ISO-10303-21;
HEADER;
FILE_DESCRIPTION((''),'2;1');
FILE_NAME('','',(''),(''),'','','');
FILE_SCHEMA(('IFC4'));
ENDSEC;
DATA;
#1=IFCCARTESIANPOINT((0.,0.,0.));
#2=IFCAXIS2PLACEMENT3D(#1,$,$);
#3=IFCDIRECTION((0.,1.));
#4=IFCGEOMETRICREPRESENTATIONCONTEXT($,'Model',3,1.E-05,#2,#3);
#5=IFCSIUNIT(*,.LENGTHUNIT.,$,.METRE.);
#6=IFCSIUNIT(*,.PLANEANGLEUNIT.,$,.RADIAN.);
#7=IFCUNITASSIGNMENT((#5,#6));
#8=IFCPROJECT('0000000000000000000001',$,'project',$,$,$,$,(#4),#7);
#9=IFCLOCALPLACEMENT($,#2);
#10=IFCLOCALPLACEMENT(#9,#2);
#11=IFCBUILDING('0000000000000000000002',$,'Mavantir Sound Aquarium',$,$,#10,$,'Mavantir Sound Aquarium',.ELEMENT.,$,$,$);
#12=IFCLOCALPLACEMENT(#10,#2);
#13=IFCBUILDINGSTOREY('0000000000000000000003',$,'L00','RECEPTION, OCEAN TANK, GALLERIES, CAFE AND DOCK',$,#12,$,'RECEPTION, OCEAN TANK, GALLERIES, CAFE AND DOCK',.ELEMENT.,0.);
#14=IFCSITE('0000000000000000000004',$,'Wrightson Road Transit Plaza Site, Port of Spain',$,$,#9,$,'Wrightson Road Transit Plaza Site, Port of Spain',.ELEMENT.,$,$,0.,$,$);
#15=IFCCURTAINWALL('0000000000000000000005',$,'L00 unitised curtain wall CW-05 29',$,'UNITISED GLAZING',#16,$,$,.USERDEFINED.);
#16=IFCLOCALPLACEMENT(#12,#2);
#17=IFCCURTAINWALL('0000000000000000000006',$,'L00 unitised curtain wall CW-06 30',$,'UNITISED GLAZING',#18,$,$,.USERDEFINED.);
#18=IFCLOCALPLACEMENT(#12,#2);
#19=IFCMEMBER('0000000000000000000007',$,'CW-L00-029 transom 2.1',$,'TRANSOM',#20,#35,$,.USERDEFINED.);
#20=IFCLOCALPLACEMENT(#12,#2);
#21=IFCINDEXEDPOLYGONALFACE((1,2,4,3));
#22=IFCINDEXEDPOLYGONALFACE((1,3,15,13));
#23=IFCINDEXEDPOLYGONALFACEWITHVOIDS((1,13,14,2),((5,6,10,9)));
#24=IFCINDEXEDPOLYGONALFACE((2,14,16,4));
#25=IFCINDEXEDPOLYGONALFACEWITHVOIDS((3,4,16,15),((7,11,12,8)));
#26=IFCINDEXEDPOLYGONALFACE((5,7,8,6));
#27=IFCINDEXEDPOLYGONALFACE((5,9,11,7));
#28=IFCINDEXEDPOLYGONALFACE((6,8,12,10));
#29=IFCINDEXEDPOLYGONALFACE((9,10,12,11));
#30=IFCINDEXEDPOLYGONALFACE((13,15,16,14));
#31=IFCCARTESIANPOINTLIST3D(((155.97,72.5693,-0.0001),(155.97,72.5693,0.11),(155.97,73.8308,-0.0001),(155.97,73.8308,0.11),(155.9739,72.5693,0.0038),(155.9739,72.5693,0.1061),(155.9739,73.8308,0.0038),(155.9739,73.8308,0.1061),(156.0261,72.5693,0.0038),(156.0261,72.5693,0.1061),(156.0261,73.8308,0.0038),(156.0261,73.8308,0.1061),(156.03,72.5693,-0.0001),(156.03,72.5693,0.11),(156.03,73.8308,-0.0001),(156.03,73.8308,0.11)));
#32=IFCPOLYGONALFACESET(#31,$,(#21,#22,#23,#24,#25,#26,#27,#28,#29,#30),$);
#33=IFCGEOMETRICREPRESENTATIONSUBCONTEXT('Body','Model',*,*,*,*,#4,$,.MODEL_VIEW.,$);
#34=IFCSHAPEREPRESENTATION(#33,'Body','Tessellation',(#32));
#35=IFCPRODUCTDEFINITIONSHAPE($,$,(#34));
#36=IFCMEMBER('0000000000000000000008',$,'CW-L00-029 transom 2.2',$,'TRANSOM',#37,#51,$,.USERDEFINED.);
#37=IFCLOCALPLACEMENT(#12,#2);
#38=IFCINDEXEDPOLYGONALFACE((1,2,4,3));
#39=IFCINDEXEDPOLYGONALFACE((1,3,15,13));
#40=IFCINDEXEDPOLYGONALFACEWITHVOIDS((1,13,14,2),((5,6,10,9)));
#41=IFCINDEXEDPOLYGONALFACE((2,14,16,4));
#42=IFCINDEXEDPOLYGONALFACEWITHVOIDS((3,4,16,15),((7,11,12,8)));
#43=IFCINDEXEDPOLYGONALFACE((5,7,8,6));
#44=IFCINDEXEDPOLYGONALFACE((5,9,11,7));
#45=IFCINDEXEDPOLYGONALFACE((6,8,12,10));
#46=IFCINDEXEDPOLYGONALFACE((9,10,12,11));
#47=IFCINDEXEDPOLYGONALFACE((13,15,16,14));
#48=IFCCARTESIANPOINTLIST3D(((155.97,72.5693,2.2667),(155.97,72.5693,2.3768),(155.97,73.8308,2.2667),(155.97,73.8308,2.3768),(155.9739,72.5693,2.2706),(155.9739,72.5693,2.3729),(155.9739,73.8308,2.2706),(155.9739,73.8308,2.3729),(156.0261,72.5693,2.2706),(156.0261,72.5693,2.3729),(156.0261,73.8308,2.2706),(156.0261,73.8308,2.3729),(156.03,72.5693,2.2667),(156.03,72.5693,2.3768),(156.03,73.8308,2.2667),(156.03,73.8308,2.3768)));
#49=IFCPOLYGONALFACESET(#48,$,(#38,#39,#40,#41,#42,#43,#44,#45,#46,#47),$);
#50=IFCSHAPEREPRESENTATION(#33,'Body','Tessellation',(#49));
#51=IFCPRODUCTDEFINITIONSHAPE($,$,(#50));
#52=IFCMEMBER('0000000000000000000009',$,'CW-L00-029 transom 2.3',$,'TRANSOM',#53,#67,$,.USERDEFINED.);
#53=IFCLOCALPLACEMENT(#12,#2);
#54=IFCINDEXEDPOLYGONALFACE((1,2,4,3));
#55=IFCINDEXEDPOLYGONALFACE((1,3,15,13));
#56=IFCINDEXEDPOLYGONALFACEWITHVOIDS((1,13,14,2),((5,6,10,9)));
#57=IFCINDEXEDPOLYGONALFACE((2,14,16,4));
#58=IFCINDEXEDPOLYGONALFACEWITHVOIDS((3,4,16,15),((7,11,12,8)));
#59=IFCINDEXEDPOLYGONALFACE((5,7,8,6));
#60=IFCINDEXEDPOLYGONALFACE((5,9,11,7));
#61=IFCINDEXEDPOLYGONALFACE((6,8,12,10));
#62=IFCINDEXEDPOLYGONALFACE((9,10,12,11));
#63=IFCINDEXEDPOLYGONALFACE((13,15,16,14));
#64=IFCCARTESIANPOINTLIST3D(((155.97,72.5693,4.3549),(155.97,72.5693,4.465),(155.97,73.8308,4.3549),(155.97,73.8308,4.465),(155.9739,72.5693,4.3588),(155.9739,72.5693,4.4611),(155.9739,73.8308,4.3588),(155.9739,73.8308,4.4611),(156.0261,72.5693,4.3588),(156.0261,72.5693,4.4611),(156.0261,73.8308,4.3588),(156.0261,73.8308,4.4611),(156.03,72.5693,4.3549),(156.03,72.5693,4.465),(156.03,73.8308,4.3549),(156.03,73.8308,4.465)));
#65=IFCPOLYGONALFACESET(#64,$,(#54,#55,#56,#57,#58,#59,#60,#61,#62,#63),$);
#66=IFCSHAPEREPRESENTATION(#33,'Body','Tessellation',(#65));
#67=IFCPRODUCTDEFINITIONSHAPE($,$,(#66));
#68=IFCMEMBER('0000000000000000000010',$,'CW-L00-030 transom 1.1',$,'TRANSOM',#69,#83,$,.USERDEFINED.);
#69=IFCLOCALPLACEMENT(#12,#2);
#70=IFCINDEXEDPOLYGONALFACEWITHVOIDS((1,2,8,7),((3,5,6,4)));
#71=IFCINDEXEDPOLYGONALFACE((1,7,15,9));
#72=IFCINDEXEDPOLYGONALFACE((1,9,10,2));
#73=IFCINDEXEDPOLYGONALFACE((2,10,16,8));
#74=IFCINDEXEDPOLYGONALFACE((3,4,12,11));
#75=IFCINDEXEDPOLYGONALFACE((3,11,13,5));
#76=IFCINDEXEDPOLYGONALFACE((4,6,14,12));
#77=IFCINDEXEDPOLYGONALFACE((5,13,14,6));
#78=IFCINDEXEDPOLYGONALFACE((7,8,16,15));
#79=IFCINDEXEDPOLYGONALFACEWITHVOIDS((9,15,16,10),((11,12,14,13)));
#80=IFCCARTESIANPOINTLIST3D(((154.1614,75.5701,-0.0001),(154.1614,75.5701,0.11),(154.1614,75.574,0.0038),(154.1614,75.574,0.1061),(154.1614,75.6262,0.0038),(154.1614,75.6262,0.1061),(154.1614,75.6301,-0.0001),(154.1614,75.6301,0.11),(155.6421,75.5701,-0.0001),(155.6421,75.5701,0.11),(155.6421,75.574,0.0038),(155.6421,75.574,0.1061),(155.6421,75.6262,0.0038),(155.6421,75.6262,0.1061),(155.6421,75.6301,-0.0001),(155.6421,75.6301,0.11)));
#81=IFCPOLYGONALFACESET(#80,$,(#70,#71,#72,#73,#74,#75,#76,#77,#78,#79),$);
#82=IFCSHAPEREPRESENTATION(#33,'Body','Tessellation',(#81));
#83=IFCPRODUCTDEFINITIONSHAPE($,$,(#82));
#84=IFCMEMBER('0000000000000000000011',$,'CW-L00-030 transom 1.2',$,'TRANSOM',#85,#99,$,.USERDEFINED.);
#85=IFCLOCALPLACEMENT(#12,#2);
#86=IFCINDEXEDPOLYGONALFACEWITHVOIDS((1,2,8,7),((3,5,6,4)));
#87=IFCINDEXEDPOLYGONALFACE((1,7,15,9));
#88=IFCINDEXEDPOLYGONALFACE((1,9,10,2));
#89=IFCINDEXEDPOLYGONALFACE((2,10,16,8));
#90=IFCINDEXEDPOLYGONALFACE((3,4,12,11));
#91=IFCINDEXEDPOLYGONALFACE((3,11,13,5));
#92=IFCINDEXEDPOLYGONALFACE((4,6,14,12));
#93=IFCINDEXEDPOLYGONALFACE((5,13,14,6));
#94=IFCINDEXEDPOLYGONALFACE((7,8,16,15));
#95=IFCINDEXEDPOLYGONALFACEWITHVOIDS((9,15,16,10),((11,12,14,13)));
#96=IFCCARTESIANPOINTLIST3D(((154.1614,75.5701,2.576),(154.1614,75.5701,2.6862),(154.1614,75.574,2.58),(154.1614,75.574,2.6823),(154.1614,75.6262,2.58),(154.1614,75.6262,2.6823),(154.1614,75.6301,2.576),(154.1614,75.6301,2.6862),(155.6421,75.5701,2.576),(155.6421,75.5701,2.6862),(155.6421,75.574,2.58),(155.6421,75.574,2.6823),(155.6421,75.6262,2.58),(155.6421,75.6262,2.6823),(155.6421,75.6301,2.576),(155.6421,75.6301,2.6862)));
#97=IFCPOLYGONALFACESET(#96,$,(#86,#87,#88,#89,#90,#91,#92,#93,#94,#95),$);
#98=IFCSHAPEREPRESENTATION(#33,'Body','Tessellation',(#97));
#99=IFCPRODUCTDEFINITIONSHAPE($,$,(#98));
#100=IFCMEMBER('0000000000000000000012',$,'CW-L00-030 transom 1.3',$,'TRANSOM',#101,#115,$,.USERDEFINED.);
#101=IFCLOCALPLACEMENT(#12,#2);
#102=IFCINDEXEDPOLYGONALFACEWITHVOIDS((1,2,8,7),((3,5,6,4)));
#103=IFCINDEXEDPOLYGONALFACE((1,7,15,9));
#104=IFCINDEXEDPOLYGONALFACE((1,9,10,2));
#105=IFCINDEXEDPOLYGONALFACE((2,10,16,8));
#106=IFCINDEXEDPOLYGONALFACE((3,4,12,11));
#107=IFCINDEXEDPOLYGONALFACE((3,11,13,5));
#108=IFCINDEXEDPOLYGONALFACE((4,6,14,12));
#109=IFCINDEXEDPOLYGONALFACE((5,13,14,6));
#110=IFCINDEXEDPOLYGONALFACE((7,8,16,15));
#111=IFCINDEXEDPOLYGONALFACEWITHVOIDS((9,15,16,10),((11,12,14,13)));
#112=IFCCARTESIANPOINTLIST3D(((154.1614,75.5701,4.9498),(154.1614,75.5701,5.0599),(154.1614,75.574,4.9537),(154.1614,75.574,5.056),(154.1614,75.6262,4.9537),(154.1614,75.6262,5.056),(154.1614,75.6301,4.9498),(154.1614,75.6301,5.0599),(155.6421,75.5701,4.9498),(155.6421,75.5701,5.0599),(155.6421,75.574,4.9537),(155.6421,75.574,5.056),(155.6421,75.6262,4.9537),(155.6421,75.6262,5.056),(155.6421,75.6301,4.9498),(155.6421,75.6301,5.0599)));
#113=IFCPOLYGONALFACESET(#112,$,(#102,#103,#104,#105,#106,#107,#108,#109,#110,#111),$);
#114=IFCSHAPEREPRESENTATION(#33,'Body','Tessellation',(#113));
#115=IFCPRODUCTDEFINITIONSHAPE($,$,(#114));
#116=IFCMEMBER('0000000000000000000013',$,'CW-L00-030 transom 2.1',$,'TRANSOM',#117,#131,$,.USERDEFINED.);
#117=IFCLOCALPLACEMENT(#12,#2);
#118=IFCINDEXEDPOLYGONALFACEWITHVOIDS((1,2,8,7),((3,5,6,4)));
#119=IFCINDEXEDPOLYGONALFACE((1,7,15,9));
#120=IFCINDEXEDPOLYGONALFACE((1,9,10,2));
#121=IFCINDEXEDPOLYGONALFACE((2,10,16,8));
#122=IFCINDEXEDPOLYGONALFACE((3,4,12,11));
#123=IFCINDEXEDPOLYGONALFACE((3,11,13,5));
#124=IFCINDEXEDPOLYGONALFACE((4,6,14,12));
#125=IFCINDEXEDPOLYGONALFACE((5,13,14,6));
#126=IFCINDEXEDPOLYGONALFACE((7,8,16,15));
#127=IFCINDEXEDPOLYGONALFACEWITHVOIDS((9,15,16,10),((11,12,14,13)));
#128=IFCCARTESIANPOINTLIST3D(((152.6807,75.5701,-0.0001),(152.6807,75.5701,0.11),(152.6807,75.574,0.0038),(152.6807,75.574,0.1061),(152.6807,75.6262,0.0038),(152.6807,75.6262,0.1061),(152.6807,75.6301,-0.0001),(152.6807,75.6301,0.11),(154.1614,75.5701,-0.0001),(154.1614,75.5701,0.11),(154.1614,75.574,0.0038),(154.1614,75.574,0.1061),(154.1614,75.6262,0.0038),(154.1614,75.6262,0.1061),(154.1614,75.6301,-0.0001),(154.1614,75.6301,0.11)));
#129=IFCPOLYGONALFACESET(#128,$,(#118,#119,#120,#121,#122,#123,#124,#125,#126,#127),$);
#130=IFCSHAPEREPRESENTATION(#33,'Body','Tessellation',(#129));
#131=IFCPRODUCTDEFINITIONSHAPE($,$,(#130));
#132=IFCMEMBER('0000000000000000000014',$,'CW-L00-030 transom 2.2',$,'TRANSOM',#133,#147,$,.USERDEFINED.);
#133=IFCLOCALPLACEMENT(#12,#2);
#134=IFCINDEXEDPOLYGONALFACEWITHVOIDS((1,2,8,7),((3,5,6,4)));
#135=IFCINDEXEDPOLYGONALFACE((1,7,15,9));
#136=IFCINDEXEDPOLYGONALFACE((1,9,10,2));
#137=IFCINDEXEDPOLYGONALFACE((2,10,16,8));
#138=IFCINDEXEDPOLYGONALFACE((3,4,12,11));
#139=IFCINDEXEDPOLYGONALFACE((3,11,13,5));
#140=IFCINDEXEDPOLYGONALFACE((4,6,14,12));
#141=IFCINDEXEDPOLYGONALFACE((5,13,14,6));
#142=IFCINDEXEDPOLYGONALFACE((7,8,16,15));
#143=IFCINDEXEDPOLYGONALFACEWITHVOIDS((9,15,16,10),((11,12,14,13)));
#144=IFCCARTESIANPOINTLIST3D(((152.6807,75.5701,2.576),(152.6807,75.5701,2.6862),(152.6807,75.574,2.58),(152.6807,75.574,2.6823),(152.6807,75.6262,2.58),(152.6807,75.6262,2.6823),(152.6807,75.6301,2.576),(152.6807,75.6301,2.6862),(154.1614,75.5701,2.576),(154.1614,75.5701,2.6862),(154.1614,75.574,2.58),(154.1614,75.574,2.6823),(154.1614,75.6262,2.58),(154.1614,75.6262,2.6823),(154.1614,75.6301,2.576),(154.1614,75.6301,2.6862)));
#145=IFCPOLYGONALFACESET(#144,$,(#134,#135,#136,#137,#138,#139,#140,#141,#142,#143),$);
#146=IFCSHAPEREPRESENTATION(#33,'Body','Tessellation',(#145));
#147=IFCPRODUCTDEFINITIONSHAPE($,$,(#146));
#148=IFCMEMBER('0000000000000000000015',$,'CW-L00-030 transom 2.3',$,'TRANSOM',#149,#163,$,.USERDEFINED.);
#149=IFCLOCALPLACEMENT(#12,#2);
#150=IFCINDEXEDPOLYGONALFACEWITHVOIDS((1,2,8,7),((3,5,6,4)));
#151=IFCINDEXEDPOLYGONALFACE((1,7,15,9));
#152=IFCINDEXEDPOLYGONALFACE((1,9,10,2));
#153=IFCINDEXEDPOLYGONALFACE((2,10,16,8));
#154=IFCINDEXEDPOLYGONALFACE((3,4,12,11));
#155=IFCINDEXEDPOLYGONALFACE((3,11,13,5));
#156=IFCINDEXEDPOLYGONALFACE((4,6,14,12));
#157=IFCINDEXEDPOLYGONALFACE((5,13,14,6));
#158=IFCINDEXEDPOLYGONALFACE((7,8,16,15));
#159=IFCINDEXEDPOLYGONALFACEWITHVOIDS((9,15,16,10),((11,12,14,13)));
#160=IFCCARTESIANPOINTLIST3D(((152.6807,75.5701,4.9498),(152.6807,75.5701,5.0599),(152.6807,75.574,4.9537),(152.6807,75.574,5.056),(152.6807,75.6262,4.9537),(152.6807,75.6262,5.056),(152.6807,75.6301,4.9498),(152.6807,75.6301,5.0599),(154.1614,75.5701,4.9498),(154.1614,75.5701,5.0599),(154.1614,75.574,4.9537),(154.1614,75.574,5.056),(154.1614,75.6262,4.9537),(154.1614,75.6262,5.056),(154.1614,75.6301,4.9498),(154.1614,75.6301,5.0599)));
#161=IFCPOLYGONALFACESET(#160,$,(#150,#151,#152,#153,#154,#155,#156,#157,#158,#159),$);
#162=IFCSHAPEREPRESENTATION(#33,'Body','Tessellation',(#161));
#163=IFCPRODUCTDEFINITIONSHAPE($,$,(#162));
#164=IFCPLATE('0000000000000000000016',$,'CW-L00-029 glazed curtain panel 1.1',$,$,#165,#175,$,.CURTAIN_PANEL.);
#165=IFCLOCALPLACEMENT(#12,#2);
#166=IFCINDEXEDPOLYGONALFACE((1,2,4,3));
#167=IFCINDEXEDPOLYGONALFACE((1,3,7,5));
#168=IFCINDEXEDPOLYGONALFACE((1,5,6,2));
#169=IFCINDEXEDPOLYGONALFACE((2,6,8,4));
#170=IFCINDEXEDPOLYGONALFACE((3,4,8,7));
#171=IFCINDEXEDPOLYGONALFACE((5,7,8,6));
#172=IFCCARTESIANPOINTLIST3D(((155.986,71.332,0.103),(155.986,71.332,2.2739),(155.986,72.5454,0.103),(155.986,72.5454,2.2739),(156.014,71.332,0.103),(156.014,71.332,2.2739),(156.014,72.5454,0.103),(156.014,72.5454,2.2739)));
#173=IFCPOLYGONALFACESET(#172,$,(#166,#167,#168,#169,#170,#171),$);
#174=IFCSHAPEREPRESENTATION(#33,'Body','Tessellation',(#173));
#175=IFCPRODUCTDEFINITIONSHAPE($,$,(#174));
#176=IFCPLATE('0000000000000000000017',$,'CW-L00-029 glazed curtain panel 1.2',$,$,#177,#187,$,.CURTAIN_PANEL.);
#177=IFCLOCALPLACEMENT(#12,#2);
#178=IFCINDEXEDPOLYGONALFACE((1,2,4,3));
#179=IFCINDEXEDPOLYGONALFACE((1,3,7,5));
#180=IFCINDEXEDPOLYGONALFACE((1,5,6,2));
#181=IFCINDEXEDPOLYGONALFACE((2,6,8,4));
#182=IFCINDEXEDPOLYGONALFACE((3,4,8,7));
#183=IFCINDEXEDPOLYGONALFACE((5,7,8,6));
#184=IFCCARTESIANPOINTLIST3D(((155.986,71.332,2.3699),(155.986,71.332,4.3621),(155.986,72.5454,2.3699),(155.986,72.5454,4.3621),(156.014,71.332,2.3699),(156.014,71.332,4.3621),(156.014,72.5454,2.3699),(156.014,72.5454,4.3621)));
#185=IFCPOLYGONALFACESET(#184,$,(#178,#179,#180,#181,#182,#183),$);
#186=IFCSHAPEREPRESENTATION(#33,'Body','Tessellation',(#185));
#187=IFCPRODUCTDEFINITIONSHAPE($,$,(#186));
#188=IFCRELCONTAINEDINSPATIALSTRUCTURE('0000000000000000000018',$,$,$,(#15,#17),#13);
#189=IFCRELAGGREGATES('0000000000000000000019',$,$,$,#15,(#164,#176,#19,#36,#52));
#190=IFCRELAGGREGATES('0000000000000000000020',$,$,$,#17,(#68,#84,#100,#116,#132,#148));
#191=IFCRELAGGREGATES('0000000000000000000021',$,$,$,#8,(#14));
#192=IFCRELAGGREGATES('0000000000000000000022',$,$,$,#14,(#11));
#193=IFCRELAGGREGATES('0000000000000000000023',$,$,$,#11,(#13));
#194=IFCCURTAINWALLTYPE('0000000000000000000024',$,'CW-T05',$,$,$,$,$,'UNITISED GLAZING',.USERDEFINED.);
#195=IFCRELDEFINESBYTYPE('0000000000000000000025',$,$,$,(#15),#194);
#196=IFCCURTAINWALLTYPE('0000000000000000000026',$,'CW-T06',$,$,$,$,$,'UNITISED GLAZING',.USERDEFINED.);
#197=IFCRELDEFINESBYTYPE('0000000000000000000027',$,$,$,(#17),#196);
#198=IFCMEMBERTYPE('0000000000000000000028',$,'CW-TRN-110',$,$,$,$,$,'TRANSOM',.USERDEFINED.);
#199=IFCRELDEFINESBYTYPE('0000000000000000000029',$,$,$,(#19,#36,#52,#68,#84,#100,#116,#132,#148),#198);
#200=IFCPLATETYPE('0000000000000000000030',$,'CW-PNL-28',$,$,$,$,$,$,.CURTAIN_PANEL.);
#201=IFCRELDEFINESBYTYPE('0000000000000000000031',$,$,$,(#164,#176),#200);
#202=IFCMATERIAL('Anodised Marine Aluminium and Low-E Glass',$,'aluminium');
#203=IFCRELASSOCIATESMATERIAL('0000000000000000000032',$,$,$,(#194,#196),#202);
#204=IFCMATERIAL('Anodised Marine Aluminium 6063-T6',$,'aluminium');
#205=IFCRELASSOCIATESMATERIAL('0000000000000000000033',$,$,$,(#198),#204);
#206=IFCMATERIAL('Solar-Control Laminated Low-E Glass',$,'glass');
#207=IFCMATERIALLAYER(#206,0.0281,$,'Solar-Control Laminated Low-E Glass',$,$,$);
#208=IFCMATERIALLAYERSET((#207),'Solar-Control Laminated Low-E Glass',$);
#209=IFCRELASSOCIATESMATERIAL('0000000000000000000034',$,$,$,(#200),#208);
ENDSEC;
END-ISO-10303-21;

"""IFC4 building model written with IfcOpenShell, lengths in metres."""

from ifc_helpers import new_model, si_unit, direction, frame, origin, origin_2d, place, context, subcontext, project, spatial, rectangle, hollow_rectangle, extrude, material, layer, layer_set, material_profile, profile_set, type_object, element, aggregate, save


model = new_model("IFC4")

# Units and contexts
model_context = context("Model", 3, precision=1e-05, world=origin(), true_north=direction((0.0, 1.0)))
body_context = subcontext(model_context, "Body", "Model", "MODEL_VIEW")
ifc_project = project(units=[si_unit("LENGTHUNIT", "METRE"), si_unit("PLANEANGLEUNIT", "RADIAN")], contexts=[model_context])

# Site, building, storey
site_placement = place(None, origin())
site = spatial("IfcSite", under=ifc_project, at=site_placement, Name="Wrightson Road Transit Plaza Site, Port of Spain", LongName="Wrightson Road Transit Plaza Site, Port of Spain", CompositionType="ELEMENT", RefElevation=0.0)
building_placement = place(site_placement, origin())
building = spatial("IfcBuilding", under=site, at=building_placement, Name="Mavantir Sound Aquarium", LongName="Mavantir Sound Aquarium", CompositionType="ELEMENT")
storey_placement = place(building_placement, origin())
storey = spatial("IfcBuildingStorey", under=building, at=storey_placement, Name="L00", Description="RECEPTION, OCEAN TANK, GALLERIES, CAFE AND DOCK", LongName="RECEPTION, OCEAN TANK, GALLERIES, CAFE AND DOCK", CompositionType="ELEMENT", Elevation=0.0)

# Curtain walls
ifc_material_1 = material(Name="Anodised Marine Aluminium and Low-E Glass", Category="aluminium")
curtain_wall_type_1 = type_object("IfcCurtainWallType", Name="CW-T05", ElementType="UNITISED GLAZING", PredefinedType="USERDEFINED", material=ifc_material_1)
curtain_wall_1_placement = place(storey_placement, origin())
curtain_wall_1 = element("IfcCurtainWall", 1, at=curtain_wall_1_placement, inside=storey, type_object=curtain_wall_type_1, Name="L00 unitised curtain wall CW-05 29", ObjectType="UNITISED GLAZING", PredefinedType="USERDEFINED")
ifc_material_2 = material(Name="Anodised Marine Aluminium 6063-T6", Category="aluminium")
curtain_wall_type_2 = type_object("IfcCurtainWallType", Name="CW-T06", ElementType="UNITISED GLAZING", PredefinedType="USERDEFINED", material=ifc_material_1)
curtain_wall_2_placement = place(storey_placement, origin())
curtain_wall_2 = element("IfcCurtainWall", 2, at=curtain_wall_2_placement, inside=storey, type_object=curtain_wall_type_2, Name="L00 unitised curtain wall CW-06 30", ObjectType="UNITISED GLAZING", PredefinedType="USERDEFINED")

# Members
ifc_material_profile_1 = material_profile(ifc_material_2, hollow_rectangle(XDim=0.0601, YDim=0.1101, WallThickness=0.0039, at=origin_2d()), Name="ALU-TRANSOM-110X60")
ifc_profile_set_1 = profile_set([ifc_material_profile_1], Name="Anodised Marine Aluminium 6063-T6")
member_type_1 = type_object("IfcMemberType", Name="CW-TRN-110", ElementType="TRANSOM", PredefinedType="USERDEFINED", material=ifc_profile_set_1)
member_1_placement = place(storey_placement, frame((156.0, 72.5693, 0.0549), z_axis=(0.0, 1.0, 0.0), x_axis=(-1.0, 0.0, 0.0)))
member_1 = element("IfcMember", 3, at=member_1_placement, type_object=member_type_1, Name="CW-L00-029 transom 2.1", ObjectType="TRANSOM", PredefinedType="USERDEFINED", context=body_context, shape_type="SweptSolid", body=[
    extrude(hollow_rectangle(XDim=0.0601, YDim=0.1101, WallThickness=0.0039, at=origin_2d()), origin(), (0.0, 0.0, 1.0), 1.2615),
])
member_2_placement = place(storey_placement, frame((156.0, 72.5693, 2.3218), z_axis=(0.0, 1.0, 0.0), x_axis=(-1.0, 0.0, 0.0)))
member_2 = element("IfcMember", 4, at=member_2_placement, type_object=member_type_1, Name="CW-L00-029 transom 2.2", ObjectType="TRANSOM", PredefinedType="USERDEFINED", context=body_context, shape_type="SweptSolid", body=[
    extrude(hollow_rectangle(XDim=0.0601, YDim=0.1101, WallThickness=0.0039, at=origin_2d()), origin(), (0.0, 0.0, 1.0), 1.2615),
])
member_3_placement = place(storey_placement, frame((156.0, 72.5693, 4.4099), z_axis=(0.0, 1.0, 0.0), x_axis=(-1.0, 0.0, 0.0)))
member_3 = element("IfcMember", 5, at=member_3_placement, type_object=member_type_1, Name="CW-L00-029 transom 2.3", ObjectType="TRANSOM", PredefinedType="USERDEFINED", context=body_context, shape_type="SweptSolid", body=[
    extrude(hollow_rectangle(XDim=0.0601, YDim=0.1101, WallThickness=0.0039, at=origin_2d()), origin(), (0.0, 0.0, 1.0), 1.2615),
])
member_4_placement = place(storey_placement, frame((155.6421, 75.6001, 0.0549), z_axis=(-1.0, 0.0, 0.0), x_axis=(0.0, -1.0, 0.0)))
member_4 = element("IfcMember", 6, at=member_4_placement, type_object=member_type_1, Name="CW-L00-030 transom 1.1", ObjectType="TRANSOM", PredefinedType="USERDEFINED", context=body_context, shape_type="SweptSolid", body=[
    extrude(hollow_rectangle(XDim=0.0601, YDim=0.1101, WallThickness=0.0039, at=origin_2d()), origin(), (0.0, 0.0, 1.0), 1.4807),
])
member_5_placement = place(storey_placement, frame((155.6421, 75.6001, 2.6311), z_axis=(-1.0, 0.0, 0.0), x_axis=(0.0, -1.0, 0.0)))
member_5 = element("IfcMember", 7, at=member_5_placement, type_object=member_type_1, Name="CW-L00-030 transom 1.2", ObjectType="TRANSOM", PredefinedType="USERDEFINED", context=body_context, shape_type="SweptSolid", body=[
    extrude(hollow_rectangle(XDim=0.0601, YDim=0.1101, WallThickness=0.0039, at=origin_2d()), origin(), (0.0, 0.0, 1.0), 1.4807),
])
member_6_placement = place(storey_placement, frame((155.6421, 75.6001, 5.0049), z_axis=(-1.0, 0.0, 0.0), x_axis=(0.0, -1.0, 0.0)))
member_6 = element("IfcMember", 8, at=member_6_placement, type_object=member_type_1, Name="CW-L00-030 transom 1.3", ObjectType="TRANSOM", PredefinedType="USERDEFINED", context=body_context, shape_type="SweptSolid", body=[
    extrude(hollow_rectangle(XDim=0.0601, YDim=0.1101, WallThickness=0.0039, at=origin_2d()), origin(), (0.0, 0.0, 1.0), 1.4807),
])
member_7_placement = place(storey_placement, frame((154.1614, 75.6001, 0.0549), z_axis=(-1.0, 0.0, 0.0), x_axis=(0.0, -1.0, 0.0)))
member_7 = element("IfcMember", 9, at=member_7_placement, type_object=member_type_1, Name="CW-L00-030 transom 2.1", ObjectType="TRANSOM", PredefinedType="USERDEFINED", context=body_context, shape_type="SweptSolid", body=[
    extrude(hollow_rectangle(XDim=0.0601, YDim=0.1101, WallThickness=0.0039, at=origin_2d()), origin(), (0.0, 0.0, 1.0), 1.4807),
])
member_8_placement = place(storey_placement, frame((154.1614, 75.6001, 2.6311), z_axis=(-1.0, 0.0, 0.0), x_axis=(0.0, -1.0, 0.0)))
member_8 = element("IfcMember", 10, at=member_8_placement, type_object=member_type_1, Name="CW-L00-030 transom 2.2", ObjectType="TRANSOM", PredefinedType="USERDEFINED", context=body_context, shape_type="SweptSolid", body=[
    extrude(hollow_rectangle(XDim=0.0601, YDim=0.1101, WallThickness=0.0039, at=origin_2d()), origin(), (0.0, 0.0, 1.0), 1.4807),
])
member_9_placement = place(storey_placement, frame((154.1614, 75.6001, 5.0049), z_axis=(-1.0, 0.0, 0.0), x_axis=(0.0, -1.0, 0.0)))
member_9 = element("IfcMember", 11, at=member_9_placement, type_object=member_type_1, Name="CW-L00-030 transom 2.3", ObjectType="TRANSOM", PredefinedType="USERDEFINED", context=body_context, shape_type="SweptSolid", body=[
    extrude(hollow_rectangle(XDim=0.0601, YDim=0.1101, WallThickness=0.0039, at=origin_2d()), origin(), (0.0, 0.0, 1.0), 1.4807),
])

# Plates
ifc_material_3 = material(Name="Solar-Control Laminated Low-E Glass", Category="glass")
ifc_layer_1 = layer(ifc_material_3, 0.0281, Name="Solar-Control Laminated Low-E Glass")
ifc_layer_set_1 = layer_set([ifc_layer_1], Name="Solar-Control Laminated Low-E Glass")
plate_type_1 = type_object("IfcPlateType", Name="CW-PNL-28", PredefinedType="CURTAIN_PANEL", material=ifc_layer_set_1)
plate_1_placement = place(storey_placement, frame((156.0, 71.9387, 0.103), z_axis=(0.0, 0.0, 1.0), x_axis=(0.0, 1.0, 0.0)))
plate_1 = element("IfcPlate", 12, at=plate_1_placement, type_object=plate_type_1, Name="CW-L00-029 glazed curtain panel 1.1", PredefinedType="CURTAIN_PANEL", context=body_context, shape_type="SweptSolid", body=[
    extrude(rectangle(XDim=1.2134, YDim=0.0281, at=origin_2d()), origin(), (0.0, 0.0, 1.0), 2.1709),
])
plate_2_placement = place(storey_placement, frame((156.0, 71.9387, 2.3699), z_axis=(0.0, 0.0, 1.0), x_axis=(0.0, 1.0, 0.0)))
plate_2 = element("IfcPlate", 13, at=plate_2_placement, type_object=plate_type_1, Name="CW-L00-029 glazed curtain panel 1.2", PredefinedType="CURTAIN_PANEL", context=body_context, shape_type="SweptSolid", body=[
    extrude(rectangle(XDim=1.2134, YDim=0.0281, at=origin_2d()), origin(), (0.0, 0.0, 1.0), 1.9922),
])
aggregate(curtain_wall_1, [plate_1, plate_2, member_1, member_2, member_3])
aggregate(curtain_wall_2, [member_4, member_5, member_6, member_7, member_8, member_9])

save(model, "model.ifc")
